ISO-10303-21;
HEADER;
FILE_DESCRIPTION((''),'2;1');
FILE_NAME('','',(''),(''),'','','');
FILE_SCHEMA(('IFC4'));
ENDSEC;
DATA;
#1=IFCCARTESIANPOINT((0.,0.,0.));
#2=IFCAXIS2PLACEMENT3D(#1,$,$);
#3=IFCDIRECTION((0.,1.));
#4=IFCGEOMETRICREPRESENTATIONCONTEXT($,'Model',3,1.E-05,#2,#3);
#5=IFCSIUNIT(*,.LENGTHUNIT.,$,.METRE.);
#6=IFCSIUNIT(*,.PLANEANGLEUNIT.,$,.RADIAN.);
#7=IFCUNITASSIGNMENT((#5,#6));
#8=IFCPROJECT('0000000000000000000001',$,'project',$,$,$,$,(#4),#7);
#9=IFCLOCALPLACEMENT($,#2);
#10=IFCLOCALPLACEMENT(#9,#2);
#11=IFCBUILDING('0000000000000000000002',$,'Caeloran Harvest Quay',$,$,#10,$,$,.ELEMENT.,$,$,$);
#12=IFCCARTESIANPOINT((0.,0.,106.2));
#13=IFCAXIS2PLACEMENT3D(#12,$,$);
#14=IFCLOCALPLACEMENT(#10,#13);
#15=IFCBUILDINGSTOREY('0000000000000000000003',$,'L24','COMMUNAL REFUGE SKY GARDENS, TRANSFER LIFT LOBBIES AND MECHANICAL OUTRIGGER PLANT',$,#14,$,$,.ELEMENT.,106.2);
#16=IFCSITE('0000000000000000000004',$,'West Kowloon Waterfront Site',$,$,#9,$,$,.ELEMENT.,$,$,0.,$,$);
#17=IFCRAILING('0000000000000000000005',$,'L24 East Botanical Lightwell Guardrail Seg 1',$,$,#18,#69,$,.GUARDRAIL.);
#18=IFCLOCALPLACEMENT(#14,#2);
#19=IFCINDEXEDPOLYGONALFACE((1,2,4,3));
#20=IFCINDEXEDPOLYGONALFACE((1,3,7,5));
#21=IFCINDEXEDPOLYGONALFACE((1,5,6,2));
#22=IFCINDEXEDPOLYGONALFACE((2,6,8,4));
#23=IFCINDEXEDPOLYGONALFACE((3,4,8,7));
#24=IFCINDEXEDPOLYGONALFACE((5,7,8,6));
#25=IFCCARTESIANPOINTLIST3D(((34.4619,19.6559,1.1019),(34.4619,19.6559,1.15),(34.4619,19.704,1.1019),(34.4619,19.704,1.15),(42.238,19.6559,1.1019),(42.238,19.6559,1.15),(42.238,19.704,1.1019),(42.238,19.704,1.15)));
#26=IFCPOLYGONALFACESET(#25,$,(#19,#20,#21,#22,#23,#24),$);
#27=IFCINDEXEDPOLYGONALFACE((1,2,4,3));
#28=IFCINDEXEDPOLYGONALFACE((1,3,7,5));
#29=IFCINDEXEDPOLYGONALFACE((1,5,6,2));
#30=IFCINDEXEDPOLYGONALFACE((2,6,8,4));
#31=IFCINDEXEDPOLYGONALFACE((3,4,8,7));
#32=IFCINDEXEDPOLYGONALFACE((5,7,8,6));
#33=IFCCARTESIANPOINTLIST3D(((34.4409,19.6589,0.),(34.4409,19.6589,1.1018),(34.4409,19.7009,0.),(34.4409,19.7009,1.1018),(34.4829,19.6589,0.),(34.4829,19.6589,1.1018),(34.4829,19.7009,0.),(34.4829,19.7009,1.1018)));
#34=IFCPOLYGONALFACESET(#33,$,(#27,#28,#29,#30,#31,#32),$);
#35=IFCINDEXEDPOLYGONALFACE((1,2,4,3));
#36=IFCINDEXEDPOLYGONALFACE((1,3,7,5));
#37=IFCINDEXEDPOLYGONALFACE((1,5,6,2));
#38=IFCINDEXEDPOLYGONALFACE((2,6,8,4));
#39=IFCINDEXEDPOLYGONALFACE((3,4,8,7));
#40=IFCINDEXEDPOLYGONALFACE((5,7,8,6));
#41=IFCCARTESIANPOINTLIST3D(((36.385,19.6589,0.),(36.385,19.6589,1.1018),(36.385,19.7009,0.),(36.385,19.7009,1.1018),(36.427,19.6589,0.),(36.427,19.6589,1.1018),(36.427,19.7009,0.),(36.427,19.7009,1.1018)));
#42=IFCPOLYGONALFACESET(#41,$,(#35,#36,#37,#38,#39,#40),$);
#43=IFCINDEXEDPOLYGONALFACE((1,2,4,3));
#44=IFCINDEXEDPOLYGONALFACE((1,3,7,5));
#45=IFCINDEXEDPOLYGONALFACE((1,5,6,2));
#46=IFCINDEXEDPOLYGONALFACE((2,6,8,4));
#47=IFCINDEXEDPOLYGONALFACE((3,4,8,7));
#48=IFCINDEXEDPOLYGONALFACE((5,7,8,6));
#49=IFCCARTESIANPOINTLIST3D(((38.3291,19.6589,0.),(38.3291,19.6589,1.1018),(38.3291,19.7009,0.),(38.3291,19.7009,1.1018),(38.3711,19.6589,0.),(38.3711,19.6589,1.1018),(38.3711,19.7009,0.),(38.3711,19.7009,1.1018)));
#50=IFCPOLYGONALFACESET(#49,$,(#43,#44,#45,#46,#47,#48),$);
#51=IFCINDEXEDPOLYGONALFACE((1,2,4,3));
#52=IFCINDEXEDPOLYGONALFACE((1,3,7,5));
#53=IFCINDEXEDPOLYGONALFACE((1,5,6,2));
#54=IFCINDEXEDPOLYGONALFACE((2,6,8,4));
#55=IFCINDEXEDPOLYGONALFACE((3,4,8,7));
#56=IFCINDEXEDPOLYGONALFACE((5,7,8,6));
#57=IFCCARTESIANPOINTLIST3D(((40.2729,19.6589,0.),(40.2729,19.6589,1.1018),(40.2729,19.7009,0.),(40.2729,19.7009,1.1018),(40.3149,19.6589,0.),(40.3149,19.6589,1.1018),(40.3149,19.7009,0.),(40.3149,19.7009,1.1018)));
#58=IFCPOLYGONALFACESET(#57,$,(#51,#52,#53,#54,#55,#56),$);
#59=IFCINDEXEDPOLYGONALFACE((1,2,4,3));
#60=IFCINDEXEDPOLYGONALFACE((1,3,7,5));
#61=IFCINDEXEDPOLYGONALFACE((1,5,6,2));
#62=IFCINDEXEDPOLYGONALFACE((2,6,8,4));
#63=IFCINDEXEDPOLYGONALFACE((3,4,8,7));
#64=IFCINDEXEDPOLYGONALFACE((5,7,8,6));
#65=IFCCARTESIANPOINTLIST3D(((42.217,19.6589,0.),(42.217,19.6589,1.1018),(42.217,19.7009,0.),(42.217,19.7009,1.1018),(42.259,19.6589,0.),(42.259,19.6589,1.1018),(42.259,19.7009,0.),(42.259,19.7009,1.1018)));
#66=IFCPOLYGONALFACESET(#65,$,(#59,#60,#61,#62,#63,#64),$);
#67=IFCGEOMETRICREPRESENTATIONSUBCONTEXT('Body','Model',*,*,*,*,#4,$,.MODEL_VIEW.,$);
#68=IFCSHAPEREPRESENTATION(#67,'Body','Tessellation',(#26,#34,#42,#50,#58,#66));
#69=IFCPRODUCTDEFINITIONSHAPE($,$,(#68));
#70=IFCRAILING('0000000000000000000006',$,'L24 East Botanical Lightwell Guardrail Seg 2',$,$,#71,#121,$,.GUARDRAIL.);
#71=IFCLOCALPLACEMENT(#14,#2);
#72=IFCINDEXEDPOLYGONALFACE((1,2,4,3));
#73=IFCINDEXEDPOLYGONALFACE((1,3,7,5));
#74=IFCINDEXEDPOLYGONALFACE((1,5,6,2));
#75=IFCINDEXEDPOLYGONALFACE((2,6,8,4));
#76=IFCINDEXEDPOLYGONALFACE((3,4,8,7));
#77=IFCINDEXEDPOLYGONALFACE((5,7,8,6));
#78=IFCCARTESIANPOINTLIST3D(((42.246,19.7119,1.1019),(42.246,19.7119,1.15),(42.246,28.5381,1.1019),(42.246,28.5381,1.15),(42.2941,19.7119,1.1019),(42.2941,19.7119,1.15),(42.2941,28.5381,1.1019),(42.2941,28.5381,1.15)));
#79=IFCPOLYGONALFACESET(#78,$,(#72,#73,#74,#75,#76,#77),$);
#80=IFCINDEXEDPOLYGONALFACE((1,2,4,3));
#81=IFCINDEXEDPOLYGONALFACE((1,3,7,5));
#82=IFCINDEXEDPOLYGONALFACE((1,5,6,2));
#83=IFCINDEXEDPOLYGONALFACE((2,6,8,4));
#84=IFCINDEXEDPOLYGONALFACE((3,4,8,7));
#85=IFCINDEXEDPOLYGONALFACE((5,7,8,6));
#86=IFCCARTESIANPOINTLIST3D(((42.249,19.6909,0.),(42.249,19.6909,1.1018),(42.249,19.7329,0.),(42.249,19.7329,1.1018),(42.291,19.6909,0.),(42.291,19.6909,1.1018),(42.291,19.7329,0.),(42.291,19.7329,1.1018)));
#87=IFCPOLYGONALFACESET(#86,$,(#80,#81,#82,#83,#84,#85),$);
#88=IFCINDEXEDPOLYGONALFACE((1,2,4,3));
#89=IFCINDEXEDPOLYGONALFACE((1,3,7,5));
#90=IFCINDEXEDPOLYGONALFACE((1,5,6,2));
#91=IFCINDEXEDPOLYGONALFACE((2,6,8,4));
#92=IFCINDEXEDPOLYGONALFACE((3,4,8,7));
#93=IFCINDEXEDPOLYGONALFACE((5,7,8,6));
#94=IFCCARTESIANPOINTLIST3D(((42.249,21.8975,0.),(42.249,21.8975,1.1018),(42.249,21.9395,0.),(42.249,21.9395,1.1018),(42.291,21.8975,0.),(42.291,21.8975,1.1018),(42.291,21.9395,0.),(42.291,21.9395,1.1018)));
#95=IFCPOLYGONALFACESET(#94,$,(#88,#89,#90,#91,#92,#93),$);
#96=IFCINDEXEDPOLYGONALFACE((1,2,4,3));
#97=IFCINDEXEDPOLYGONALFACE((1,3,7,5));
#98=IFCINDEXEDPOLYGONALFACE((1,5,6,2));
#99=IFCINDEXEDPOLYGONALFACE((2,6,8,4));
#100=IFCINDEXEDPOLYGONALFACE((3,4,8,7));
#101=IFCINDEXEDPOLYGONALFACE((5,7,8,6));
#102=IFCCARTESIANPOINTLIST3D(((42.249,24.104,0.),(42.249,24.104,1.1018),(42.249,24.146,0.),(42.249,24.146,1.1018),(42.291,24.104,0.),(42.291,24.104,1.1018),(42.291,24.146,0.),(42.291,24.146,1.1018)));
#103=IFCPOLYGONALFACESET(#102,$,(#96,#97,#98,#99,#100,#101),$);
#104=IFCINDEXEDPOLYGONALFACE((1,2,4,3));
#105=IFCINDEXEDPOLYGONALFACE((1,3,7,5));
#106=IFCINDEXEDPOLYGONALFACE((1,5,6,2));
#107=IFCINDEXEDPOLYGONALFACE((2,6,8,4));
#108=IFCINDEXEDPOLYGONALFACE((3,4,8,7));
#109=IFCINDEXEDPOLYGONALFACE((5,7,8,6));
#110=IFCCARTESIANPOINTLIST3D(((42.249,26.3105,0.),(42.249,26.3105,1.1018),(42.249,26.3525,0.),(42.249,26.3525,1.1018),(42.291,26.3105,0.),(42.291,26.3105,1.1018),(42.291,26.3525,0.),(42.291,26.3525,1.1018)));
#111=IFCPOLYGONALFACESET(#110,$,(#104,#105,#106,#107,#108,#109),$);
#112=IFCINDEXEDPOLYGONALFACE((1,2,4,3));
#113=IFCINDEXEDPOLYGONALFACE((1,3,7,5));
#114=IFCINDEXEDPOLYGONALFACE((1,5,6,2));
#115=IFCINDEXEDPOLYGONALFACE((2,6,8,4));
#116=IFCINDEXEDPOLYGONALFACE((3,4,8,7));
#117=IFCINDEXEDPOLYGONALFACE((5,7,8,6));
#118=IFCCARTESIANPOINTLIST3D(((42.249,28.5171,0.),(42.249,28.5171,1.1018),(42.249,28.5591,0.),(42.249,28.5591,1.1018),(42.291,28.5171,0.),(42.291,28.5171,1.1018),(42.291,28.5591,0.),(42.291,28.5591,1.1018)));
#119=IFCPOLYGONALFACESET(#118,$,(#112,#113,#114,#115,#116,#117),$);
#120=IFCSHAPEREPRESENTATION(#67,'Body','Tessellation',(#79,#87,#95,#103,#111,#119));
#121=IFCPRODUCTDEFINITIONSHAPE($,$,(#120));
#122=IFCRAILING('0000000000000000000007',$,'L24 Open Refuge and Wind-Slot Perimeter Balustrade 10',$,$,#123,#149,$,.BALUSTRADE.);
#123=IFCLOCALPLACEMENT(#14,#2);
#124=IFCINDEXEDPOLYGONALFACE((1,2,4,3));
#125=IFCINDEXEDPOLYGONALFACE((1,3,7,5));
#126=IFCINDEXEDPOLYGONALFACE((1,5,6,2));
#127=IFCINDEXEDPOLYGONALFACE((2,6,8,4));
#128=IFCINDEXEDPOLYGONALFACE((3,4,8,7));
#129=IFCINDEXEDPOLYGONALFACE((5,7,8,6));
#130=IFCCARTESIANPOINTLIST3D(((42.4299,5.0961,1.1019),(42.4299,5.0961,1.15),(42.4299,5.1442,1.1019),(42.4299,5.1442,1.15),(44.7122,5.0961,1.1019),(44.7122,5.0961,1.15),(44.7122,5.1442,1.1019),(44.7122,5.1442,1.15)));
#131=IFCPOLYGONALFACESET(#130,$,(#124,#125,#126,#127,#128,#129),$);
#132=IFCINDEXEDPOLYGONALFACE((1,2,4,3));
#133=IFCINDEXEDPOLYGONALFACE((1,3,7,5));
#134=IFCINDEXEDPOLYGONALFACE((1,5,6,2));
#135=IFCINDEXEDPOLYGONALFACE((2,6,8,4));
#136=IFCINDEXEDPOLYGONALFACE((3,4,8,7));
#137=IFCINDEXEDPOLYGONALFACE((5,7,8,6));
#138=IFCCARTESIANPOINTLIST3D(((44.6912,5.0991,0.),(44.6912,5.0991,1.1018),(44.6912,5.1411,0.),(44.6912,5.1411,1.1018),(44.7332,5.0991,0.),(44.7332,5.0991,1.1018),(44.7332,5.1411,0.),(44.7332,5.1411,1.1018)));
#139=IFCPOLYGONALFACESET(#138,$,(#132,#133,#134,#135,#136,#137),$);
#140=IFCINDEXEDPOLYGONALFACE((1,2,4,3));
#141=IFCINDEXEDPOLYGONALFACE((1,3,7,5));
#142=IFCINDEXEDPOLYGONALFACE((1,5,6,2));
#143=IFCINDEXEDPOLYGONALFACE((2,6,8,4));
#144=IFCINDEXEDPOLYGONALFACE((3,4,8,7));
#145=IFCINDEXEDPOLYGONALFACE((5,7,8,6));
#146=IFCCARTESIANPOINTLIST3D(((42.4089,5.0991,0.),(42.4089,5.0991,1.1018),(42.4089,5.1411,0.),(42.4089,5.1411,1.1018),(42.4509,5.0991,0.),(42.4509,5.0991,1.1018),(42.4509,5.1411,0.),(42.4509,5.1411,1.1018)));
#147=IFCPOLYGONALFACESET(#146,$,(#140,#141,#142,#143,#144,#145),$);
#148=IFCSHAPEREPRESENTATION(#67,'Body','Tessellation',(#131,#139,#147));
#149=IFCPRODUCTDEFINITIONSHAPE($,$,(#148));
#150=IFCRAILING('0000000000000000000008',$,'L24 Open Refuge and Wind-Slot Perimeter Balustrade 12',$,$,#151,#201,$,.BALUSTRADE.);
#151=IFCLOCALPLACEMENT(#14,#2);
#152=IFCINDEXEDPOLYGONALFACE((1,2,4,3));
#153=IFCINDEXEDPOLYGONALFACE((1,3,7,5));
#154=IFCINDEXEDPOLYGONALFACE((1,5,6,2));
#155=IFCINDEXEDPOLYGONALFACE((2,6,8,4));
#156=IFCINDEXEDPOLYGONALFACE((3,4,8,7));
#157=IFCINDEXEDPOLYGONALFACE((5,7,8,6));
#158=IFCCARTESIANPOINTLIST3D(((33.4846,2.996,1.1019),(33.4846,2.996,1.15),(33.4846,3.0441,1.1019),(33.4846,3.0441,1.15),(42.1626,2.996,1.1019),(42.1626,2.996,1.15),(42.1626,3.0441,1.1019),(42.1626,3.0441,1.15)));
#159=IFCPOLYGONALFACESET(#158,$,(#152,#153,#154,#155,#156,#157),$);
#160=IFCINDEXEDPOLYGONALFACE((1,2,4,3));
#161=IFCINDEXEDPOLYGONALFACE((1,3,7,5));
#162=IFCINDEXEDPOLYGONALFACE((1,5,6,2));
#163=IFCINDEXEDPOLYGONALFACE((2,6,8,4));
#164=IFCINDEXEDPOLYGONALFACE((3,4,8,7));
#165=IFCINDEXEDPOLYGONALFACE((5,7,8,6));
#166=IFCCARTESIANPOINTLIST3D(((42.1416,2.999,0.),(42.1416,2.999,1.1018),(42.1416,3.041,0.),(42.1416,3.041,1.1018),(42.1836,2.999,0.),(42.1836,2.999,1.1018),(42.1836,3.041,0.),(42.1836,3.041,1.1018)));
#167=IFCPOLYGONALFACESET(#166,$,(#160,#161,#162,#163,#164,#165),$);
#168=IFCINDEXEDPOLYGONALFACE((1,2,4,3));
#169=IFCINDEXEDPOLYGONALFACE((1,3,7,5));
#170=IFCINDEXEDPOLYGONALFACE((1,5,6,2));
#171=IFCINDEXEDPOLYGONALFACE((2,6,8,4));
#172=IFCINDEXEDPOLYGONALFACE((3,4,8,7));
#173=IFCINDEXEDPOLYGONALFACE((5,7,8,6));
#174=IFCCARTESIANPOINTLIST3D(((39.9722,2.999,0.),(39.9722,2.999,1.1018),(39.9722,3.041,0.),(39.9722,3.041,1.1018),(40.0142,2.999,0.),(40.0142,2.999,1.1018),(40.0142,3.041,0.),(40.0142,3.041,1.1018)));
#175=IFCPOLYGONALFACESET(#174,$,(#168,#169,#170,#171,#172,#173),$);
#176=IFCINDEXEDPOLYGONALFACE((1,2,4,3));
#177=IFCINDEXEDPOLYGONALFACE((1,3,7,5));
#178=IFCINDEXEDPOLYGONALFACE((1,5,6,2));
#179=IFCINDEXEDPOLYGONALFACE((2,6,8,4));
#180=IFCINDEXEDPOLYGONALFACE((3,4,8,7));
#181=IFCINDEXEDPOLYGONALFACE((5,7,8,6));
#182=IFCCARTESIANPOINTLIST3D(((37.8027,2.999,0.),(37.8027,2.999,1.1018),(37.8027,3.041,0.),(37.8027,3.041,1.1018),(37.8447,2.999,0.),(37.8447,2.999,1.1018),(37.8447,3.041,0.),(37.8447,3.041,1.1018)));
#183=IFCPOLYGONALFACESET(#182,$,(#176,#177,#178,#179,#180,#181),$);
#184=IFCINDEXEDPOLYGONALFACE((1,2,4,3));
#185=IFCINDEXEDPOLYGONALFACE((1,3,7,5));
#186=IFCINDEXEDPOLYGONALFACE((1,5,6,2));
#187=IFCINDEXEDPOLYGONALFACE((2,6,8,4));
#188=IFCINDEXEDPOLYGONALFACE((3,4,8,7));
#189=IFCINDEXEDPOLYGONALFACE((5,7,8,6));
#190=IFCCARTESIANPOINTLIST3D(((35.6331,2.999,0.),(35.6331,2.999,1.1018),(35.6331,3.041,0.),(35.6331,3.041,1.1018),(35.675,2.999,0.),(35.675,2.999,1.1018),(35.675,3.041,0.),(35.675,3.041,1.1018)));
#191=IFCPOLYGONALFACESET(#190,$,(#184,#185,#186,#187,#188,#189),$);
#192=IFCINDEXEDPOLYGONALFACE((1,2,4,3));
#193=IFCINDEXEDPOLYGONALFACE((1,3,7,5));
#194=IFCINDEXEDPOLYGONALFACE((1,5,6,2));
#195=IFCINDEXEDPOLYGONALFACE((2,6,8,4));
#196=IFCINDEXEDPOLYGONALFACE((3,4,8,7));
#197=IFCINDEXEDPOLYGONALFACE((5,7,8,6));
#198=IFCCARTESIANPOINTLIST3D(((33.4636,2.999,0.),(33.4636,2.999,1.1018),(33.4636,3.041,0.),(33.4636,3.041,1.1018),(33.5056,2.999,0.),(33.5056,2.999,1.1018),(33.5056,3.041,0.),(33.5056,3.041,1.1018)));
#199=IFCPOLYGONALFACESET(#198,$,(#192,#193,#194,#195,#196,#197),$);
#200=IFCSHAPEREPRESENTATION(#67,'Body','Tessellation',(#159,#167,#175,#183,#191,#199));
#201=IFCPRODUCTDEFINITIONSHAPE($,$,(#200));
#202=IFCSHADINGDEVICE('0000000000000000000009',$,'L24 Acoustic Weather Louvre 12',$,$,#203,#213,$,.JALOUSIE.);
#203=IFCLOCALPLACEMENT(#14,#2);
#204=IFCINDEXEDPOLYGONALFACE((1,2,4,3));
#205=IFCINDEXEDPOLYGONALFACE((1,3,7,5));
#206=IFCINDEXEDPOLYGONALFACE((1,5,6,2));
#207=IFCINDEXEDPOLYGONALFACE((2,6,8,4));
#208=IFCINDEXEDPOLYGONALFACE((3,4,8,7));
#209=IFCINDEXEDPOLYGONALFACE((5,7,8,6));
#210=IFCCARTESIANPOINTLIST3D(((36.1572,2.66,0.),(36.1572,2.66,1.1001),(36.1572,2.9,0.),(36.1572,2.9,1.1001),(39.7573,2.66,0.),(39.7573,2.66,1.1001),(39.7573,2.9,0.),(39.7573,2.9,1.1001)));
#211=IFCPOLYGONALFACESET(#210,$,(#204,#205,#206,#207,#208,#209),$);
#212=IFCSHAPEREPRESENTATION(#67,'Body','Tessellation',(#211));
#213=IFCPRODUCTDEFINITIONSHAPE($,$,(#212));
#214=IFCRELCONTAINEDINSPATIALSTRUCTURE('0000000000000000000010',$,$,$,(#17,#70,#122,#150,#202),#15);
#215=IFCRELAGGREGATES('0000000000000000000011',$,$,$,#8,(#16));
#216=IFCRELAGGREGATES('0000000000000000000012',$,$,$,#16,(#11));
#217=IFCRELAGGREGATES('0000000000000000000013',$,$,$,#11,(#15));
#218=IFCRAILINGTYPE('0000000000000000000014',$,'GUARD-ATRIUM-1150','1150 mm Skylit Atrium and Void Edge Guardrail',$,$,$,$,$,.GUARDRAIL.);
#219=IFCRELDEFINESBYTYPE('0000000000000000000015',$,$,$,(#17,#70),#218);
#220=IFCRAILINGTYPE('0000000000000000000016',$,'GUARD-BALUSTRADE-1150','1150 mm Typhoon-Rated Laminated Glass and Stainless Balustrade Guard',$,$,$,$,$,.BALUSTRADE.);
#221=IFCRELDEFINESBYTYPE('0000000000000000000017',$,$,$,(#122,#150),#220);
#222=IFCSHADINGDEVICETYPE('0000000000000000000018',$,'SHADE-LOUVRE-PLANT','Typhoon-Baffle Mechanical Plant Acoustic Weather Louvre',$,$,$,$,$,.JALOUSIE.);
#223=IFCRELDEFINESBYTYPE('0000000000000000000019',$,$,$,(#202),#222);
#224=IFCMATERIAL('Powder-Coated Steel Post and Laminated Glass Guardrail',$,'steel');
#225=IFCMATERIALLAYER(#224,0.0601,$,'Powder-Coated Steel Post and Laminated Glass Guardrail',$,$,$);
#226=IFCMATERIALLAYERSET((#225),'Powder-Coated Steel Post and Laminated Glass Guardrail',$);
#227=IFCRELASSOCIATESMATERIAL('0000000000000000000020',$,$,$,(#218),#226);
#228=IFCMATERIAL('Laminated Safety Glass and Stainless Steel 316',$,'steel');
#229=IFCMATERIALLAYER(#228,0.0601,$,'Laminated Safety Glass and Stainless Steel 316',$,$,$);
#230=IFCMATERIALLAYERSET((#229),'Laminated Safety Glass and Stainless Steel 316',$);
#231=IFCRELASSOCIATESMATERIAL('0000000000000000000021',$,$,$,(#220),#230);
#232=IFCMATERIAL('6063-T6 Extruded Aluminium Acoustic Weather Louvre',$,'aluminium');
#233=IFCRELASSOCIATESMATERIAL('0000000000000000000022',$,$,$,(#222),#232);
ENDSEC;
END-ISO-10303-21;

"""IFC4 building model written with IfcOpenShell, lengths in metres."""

from ifc_helpers import new_model, si_unit, direction, frame, origin, origin_2d, place, context, subcontext, project, spatial, rectangle, extrude, material, layer, layer_set, type_object, element, save


model = new_model("IFC4")

# Units and contexts
model_context = context("Model", 3, precision=1e-05, world=origin(), true_north=direction((0.0, 1.0)))
body_context = subcontext(model_context, "Body", "Model", "MODEL_VIEW")
ifc_project = project(units=[si_unit("LENGTHUNIT", "METRE"), si_unit("PLANEANGLEUNIT", "RADIAN")], contexts=[model_context])

# Site, building, storey
site_placement = place(None, origin())
site = spatial("IfcSite", under=ifc_project, at=site_placement, Name="West Kowloon Waterfront Site", CompositionType="ELEMENT", RefElevation=0.0)
building_placement = place(site_placement, origin())
building = spatial("IfcBuilding", under=site, at=building_placement, Name="Caeloran Harvest Quay", CompositionType="ELEMENT")
storey_placement = place(building_placement, frame((0.0, 0.0, 106.2)))
storey = spatial("IfcBuildingStorey", under=building, at=storey_placement, Name="L24", Description="COMMUNAL REFUGE SKY GARDENS, TRANSFER LIFT LOBBIES AND MECHANICAL OUTRIGGER PLANT", CompositionType="ELEMENT", Elevation=106.2)

# Railings
ifc_material_1 = material(Name="Powder-Coated Steel Post and Laminated Glass Guardrail", Category="steel")
ifc_layer_1 = layer(ifc_material_1, 0.0601, Name="Powder-Coated Steel Post and Laminated Glass Guardrail")
ifc_layer_set_1 = layer_set([ifc_layer_1], Name="Powder-Coated Steel Post and Laminated Glass Guardrail")
railing_type_1 = type_object("IfcRailingType", Name="GUARD-ATRIUM-1150", Description="1150 mm Skylit Atrium and Void Edge Guardrail", PredefinedType="GUARDRAIL", material=ifc_layer_set_1)
railing_1_placement = place(storey_placement, frame((34.4619, 19.6799, 0.0)))
element("IfcRailing", 1, at=railing_1_placement, inside=storey, type_object=railing_type_1, Name="L24 East Botanical Lightwell Guardrail Seg 1", PredefinedType="GUARDRAIL", context=body_context, shape_type="SweptSolid", body=[
    extrude(rectangle(XDim=0.0481, YDim=0.0481, at=origin_2d()), frame((0.0, 0.0, 1.126), z_axis=(1.0, 0.0, 0.0), x_axis=(0.0, 1.0, 0.0)), (0.0, 0.0, 1.0), 7.7761),
    extrude(rectangle(XDim=0.042, YDim=0.042, at=origin_2d()), origin(), (0.0, 0.0, 1.0), 1.1018),
    extrude(rectangle(XDim=0.042, YDim=0.042, at=origin_2d()), frame((1.9441, 0.0, 0.0)), (0.0, 0.0, 1.0), 1.1018),
    extrude(rectangle(XDim=0.042, YDim=0.042, at=origin_2d()), frame((3.8882, 0.0, 0.0)), (0.0, 0.0, 1.0), 1.1018),
    extrude(rectangle(XDim=0.042, YDim=0.042, at=origin_2d()), frame((5.832, 0.0, 0.0)), (0.0, 0.0, 1.0), 1.1018),
    extrude(rectangle(XDim=0.042, YDim=0.042, at=origin_2d()), frame((7.7761, 0.0, 0.0)), (0.0, 0.0, 1.0), 1.1018),
])
railing_2_placement = place(storey_placement, frame((42.27, 19.7119, 0.0)))
element("IfcRailing", 2, at=railing_2_placement, inside=storey, type_object=railing_type_1, Name="L24 East Botanical Lightwell Guardrail Seg 2", PredefinedType="GUARDRAIL", context=body_context, shape_type="SweptSolid", body=[
    extrude(rectangle(XDim=0.0481, YDim=0.0481, at=origin_2d()), frame((0.0, 0.0, 1.126), z_axis=(0.0, 1.0, 0.0), x_axis=(-1.0, 0.0, 0.0)), (0.0, 0.0, 1.0), 8.8262),
    extrude(rectangle(XDim=0.042, YDim=0.042, at=origin_2d()), origin(), (0.0, 0.0, 1.0), 1.1018),
    extrude(rectangle(XDim=0.042, YDim=0.042, at=origin_2d()), frame((0.0, 2.2065, 0.0)), (0.0, 0.0, 1.0), 1.1018),
    extrude(rectangle(XDim=0.042, YDim=0.042, at=origin_2d()), frame((0.0, 4.4131, 0.0)), (0.0, 0.0, 1.0), 1.1018),
    extrude(rectangle(XDim=0.042, YDim=0.042, at=origin_2d()), frame((0.0, 6.6196, 0.0)), (0.0, 0.0, 1.0), 1.1018),
    extrude(rectangle(XDim=0.042, YDim=0.042, at=origin_2d()), frame((0.0, 8.8262, 0.0)), (0.0, 0.0, 1.0), 1.1018),
])
ifc_material_2 = material(Name="Laminated Safety Glass and Stainless Steel 316", Category="steel")
ifc_layer_2 = layer(ifc_material_2, 0.0601, Name="Laminated Safety Glass and Stainless Steel 316")
ifc_layer_set_2 = layer_set([ifc_layer_2], Name="Laminated Safety Glass and Stainless Steel 316")
railing_type_2 = type_object("IfcRailingType", Name="GUARD-BALUSTRADE-1150", Description="1150 mm Typhoon-Rated Laminated Glass and Stainless Balustrade Guard", PredefinedType="BALUSTRADE", material=ifc_layer_set_2)
railing_3_placement = place(storey_placement, frame((44.7122, 5.1201, 0.0)))
element("IfcRailing", 3, at=railing_3_placement, inside=storey, type_object=railing_type_2, Name="L24 Open Refuge and Wind-Slot Perimeter Balustrade 10", PredefinedType="BALUSTRADE", context=body_context, shape_type="SweptSolid", body=[
    extrude(rectangle(XDim=0.0481, YDim=0.0481, at=origin_2d()), frame((0.0, 0.0, 1.126), z_axis=(-1.0, 0.0, 0.0), x_axis=(0.0, -1.0, 0.0)), (0.0, 0.0, 1.0), 2.2822),
    extrude(rectangle(XDim=0.042, YDim=0.042, at=origin_2d()), origin(), (0.0, 0.0, 1.0), 1.1018),
    extrude(rectangle(XDim=0.042, YDim=0.042, at=origin_2d()), frame((-2.2822, 0.0, 0.0)), (0.0, 0.0, 1.0), 1.1018),
])
railing_4_placement = place(storey_placement, frame((42.1626, 3.02, 0.0)))
element("IfcRailing", 4, at=railing_4_placement, inside=storey, type_object=railing_type_2, Name="L24 Open Refuge and Wind-Slot Perimeter Balustrade 12", PredefinedType="BALUSTRADE", context=body_context, shape_type="SweptSolid", body=[
    extrude(rectangle(XDim=0.0481, YDim=0.0481, at=origin_2d()), frame((0.0, 0.0, 1.126), z_axis=(-1.0, 0.0, 0.0), x_axis=(0.0, -1.0, 0.0)), (0.0, 0.0, 1.0), 8.678),
    extrude(rectangle(XDim=0.042, YDim=0.042, at=origin_2d()), origin(), (0.0, 0.0, 1.0), 1.1018),
    extrude(rectangle(XDim=0.042, YDim=0.042, at=origin_2d()), frame((-2.1694, 0.0, 0.0)), (0.0, 0.0, 1.0), 1.1018),
    extrude(rectangle(XDim=0.042, YDim=0.042, at=origin_2d()), frame((-4.3389, 0.0, 0.0)), (0.0, 0.0, 1.0), 1.1018),
    extrude(rectangle(XDim=0.042, YDim=0.042, at=origin_2d()), frame((-6.5085, 0.0, 0.0)), (0.0, 0.0, 1.0), 1.1018),
    extrude(rectangle(XDim=0.042, YDim=0.042, at=origin_2d()), frame((-8.678, 0.0, 0.0)), (0.0, 0.0, 1.0), 1.1018),
])

# Shading device
ifc_material_3 = material(Name="6063-T6 Extruded Aluminium Acoustic Weather Louvre", Category="aluminium")
shading_device_type = type_object("IfcShadingDeviceType", Name="SHADE-LOUVRE-PLANT", Description="Typhoon-Baffle Mechanical Plant Acoustic Weather Louvre", PredefinedType="JALOUSIE", material=ifc_material_3)
shading_device_placement = place(storey_placement, frame((37.9573, 2.78, 0.0), z_axis=(0.0, 0.0, 1.0), x_axis=(-1.0, 0.0, 0.0)))
element("IfcShadingDevice", 5, at=shading_device_placement, inside=storey, type_object=shading_device_type, Name="L24 Acoustic Weather Louvre 12", PredefinedType="JALOUSIE", context=body_context, shape_type="SweptSolid", body=[
    extrude(rectangle(XDim=3.6001, YDim=0.24, at=origin_2d()), origin(), (0.0, 0.0, 1.0), 1.1001),
])

save(model, "model.ifc")
